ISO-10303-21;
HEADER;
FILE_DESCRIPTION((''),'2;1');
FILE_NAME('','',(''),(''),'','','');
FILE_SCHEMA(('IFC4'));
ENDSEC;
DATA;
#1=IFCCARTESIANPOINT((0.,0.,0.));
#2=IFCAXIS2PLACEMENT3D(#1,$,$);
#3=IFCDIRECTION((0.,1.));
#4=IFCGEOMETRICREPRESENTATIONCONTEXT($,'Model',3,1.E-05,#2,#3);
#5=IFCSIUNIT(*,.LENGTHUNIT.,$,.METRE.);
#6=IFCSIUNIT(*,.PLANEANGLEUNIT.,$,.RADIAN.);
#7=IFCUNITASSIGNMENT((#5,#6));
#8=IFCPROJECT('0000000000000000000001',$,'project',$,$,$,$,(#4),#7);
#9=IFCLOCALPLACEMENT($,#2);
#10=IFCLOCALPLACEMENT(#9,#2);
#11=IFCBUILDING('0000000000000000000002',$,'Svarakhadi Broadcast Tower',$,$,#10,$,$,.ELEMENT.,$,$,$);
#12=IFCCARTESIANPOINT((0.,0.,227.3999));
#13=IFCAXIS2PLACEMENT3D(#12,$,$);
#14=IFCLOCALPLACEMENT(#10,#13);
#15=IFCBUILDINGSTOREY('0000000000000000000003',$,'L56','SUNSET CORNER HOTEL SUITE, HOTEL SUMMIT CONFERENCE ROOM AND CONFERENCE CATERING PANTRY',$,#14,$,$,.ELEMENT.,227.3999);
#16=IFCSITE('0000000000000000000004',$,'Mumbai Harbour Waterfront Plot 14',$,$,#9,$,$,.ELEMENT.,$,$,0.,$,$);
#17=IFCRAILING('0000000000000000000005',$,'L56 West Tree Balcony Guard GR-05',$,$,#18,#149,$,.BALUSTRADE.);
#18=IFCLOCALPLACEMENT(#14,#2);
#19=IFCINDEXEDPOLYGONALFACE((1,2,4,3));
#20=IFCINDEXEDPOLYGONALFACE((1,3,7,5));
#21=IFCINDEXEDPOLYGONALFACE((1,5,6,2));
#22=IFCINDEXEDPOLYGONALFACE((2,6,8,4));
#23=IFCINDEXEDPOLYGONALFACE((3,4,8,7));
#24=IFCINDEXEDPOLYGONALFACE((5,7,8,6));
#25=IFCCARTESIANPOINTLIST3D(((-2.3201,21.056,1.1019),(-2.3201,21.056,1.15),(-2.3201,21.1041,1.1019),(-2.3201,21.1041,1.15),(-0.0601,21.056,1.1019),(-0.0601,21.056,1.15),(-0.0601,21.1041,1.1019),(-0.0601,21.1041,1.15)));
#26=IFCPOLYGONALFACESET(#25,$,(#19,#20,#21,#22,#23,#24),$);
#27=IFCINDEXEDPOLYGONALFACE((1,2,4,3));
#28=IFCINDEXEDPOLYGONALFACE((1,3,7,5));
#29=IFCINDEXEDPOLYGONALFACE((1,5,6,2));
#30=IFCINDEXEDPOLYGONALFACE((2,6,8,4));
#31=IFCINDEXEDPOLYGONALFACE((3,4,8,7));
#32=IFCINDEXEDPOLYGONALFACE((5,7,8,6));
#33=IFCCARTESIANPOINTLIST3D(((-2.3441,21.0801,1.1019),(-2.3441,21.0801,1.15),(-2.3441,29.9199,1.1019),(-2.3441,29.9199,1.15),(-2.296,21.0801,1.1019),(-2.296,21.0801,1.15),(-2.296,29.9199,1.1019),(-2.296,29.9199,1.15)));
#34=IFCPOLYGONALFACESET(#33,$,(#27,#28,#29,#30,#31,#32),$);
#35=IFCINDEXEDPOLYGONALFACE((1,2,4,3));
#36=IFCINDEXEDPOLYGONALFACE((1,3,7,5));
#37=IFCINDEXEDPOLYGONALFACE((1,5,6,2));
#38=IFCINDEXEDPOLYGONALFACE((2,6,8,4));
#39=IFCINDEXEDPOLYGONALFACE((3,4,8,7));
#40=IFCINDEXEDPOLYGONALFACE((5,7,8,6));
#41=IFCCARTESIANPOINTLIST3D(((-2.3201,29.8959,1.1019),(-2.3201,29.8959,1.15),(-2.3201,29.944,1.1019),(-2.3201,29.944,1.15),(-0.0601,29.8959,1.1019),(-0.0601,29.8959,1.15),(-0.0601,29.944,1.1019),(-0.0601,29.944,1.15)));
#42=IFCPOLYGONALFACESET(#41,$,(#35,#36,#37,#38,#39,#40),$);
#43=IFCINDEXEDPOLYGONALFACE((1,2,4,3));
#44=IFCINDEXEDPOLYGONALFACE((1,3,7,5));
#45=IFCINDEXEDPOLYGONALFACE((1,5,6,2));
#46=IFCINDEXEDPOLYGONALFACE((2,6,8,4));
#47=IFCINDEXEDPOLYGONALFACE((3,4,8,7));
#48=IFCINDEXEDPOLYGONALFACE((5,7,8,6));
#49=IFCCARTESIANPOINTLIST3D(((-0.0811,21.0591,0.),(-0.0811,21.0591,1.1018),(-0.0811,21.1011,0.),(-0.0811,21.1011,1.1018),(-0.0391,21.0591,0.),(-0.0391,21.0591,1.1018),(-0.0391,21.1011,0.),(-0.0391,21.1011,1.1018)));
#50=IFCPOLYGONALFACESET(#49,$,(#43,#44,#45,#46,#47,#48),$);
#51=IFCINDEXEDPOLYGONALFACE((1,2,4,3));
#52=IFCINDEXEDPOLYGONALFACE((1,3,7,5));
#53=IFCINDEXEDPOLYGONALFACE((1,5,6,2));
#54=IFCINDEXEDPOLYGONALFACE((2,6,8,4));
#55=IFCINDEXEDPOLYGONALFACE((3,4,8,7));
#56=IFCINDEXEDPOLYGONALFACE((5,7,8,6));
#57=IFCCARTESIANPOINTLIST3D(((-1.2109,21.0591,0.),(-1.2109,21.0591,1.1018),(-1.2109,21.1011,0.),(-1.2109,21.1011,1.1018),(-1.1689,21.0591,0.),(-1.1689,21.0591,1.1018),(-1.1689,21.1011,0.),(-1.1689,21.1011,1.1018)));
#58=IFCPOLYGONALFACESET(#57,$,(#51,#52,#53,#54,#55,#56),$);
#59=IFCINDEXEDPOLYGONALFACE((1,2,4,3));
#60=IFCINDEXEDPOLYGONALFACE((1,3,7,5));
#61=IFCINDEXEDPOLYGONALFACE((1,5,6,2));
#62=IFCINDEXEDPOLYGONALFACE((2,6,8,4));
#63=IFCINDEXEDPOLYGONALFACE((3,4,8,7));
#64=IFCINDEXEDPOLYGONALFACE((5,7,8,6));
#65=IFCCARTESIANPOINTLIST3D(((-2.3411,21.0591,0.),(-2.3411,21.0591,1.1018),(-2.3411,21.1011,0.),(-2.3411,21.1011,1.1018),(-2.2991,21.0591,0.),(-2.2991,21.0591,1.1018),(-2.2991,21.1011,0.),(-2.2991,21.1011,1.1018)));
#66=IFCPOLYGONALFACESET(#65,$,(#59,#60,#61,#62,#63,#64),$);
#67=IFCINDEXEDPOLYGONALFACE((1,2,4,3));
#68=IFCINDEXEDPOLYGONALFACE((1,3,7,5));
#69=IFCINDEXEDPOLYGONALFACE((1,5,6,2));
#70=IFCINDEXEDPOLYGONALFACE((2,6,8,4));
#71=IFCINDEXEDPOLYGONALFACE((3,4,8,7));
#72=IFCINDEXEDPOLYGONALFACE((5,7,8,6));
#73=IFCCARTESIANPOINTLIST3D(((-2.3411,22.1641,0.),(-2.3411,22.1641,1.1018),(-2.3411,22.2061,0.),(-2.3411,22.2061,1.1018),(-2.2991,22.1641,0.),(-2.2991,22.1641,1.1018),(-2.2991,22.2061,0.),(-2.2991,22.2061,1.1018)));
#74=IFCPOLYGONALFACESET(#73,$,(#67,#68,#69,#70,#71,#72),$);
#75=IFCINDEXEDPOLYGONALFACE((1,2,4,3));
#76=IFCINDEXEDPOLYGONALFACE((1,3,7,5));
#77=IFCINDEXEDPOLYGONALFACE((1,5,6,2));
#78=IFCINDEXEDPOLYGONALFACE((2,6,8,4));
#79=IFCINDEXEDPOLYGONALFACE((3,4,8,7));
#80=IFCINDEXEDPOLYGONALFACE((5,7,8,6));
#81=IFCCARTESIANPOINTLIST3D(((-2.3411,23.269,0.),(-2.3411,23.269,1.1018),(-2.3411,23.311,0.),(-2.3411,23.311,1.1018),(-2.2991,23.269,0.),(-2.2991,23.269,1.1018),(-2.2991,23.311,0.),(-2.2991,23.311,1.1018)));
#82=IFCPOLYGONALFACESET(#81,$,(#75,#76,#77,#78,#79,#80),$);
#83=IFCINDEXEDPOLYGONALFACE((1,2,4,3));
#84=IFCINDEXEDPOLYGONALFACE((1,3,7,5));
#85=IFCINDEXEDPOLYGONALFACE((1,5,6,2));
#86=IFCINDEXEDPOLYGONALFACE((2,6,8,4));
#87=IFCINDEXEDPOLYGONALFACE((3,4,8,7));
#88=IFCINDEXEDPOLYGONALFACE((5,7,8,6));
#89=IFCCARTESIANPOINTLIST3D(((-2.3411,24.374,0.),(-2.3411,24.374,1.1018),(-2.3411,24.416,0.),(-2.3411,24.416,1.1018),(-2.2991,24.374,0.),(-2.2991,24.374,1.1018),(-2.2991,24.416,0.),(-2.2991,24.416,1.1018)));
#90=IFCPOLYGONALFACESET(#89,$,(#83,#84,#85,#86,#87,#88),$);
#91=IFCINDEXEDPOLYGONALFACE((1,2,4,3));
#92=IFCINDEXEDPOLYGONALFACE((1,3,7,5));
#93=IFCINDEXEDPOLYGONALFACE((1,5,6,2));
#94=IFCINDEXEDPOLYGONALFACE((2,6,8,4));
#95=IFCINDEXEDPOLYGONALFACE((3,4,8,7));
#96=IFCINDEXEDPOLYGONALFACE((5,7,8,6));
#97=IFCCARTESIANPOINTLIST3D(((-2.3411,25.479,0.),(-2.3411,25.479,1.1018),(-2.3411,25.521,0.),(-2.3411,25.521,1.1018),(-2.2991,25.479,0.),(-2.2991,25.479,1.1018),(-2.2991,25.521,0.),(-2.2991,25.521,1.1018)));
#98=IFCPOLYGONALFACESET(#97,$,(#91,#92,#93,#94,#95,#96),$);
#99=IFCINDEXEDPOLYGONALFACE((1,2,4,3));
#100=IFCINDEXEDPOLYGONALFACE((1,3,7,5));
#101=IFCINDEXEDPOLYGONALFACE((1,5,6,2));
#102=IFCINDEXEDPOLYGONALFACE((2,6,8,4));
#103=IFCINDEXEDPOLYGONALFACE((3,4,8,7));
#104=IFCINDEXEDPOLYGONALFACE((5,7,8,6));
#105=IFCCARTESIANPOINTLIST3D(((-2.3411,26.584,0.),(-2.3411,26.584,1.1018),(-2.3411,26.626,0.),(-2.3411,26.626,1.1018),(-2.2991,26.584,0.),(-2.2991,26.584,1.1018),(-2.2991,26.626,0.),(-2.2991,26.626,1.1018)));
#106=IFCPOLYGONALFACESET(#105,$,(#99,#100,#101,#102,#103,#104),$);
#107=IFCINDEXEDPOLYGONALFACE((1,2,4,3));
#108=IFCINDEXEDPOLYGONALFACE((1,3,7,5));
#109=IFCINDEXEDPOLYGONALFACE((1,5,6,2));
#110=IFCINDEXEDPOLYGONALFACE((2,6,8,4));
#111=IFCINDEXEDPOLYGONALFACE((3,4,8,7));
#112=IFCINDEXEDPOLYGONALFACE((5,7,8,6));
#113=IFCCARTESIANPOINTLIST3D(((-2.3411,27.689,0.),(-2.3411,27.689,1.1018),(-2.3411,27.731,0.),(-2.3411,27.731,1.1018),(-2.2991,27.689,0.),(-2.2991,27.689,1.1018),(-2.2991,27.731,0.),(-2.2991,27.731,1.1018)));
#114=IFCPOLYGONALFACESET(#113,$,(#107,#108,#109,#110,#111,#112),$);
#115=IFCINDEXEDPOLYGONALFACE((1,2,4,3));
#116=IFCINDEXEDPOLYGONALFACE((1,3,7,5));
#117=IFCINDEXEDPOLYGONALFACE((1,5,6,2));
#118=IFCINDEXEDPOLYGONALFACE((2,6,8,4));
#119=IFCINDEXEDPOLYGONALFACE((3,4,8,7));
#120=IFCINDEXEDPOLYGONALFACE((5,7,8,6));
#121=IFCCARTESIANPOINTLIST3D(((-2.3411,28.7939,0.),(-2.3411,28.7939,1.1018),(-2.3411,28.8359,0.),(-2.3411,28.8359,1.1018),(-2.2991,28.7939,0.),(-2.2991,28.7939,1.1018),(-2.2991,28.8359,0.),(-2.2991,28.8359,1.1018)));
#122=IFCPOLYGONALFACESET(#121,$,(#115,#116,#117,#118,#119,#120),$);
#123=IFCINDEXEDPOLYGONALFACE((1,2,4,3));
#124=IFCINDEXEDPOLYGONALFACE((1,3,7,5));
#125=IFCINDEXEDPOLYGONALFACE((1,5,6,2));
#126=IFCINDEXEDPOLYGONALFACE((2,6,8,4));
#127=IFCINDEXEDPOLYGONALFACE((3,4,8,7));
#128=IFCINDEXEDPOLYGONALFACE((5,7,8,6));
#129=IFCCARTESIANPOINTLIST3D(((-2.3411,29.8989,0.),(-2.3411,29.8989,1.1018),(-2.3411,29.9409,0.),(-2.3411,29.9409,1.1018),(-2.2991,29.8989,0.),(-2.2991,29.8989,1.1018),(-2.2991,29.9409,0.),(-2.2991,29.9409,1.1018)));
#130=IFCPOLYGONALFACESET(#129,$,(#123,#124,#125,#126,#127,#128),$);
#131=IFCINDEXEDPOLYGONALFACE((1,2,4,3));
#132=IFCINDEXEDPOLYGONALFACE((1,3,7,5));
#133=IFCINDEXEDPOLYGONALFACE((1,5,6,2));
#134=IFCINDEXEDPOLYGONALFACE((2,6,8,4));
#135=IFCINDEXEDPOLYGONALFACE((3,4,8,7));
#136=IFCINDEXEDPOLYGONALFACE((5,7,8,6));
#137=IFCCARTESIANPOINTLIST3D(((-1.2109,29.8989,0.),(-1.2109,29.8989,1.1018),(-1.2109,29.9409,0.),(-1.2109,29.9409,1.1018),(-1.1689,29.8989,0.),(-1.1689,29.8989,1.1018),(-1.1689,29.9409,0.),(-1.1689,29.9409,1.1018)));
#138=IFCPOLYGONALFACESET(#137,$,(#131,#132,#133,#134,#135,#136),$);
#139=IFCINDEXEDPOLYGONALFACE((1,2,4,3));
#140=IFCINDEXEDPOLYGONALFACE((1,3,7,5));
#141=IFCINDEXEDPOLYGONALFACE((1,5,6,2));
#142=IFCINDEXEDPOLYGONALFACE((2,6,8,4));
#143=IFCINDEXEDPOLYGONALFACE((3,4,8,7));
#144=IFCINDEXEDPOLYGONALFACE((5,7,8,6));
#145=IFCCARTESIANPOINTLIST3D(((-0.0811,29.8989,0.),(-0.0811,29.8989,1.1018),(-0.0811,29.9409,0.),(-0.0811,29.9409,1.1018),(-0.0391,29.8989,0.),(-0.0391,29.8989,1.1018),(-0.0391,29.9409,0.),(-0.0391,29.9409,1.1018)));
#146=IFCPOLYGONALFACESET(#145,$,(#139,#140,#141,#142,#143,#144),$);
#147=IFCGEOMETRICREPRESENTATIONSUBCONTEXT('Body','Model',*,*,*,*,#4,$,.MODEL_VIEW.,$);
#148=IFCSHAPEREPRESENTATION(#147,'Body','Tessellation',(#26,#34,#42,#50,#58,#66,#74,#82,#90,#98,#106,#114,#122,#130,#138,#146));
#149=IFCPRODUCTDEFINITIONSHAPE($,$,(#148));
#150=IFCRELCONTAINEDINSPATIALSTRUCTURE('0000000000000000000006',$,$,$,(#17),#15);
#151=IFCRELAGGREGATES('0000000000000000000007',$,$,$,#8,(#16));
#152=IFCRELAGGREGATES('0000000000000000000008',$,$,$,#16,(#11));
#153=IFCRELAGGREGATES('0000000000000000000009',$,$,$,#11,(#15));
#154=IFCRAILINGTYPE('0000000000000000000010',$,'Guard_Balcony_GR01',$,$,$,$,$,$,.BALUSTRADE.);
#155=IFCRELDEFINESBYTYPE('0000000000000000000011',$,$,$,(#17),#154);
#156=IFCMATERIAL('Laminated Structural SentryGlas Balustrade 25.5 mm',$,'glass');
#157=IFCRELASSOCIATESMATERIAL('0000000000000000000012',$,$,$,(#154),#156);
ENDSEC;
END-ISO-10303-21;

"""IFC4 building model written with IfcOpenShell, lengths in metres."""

from ifc_helpers import new_model, si_unit, direction, frame, origin, origin_2d, place, context, subcontext, project, spatial, rectangle, extrude, material, type_object, element, save


model = new_model("IFC4")

# Units and contexts
model_context = context("Model", 3, precision=1e-05, world=origin(), true_north=direction((0.0, 1.0)))
body_context = subcontext(model_context, "Body", "Model", "MODEL_VIEW")
ifc_project = project(units=[si_unit("LENGTHUNIT", "METRE"), si_unit("PLANEANGLEUNIT", "RADIAN")], contexts=[model_context])

# Site, building, storey
site_placement = place(None, origin())
site = spatial("IfcSite", under=ifc_project, at=site_placement, Name="Mumbai Harbour Waterfront Plot 14", CompositionType="ELEMENT", RefElevation=0.0)
building_placement = place(site_placement, origin())
building = spatial("IfcBuilding", under=site, at=building_placement, Name="Svarakhadi Broadcast Tower", CompositionType="ELEMENT")
storey_placement = place(building_placement, frame((0.0, 0.0, 227.3999)))
storey = spatial("IfcBuildingStorey", under=building, at=storey_placement, Name="L56", Description="SUNSET CORNER HOTEL SUITE, HOTEL SUMMIT CONFERENCE ROOM AND CONFERENCE CATERING PANTRY", CompositionType="ELEMENT", Elevation=227.3999)

# Railing
ifc_material_1 = material(Name="Laminated Structural SentryGlas Balustrade 25.5 mm", Category="glass")
railing_type = type_object("IfcRailingType", Name="Guard_Balcony_GR01", PredefinedType="BALUSTRADE", material=ifc_material_1)
railing_placement = place(storey_placement, frame((-0.0601, 21.0801, 0.0)))
element("IfcRailing", 1, at=railing_placement, inside=storey, type_object=railing_type, Name="L56 West Tree Balcony Guard GR-05", PredefinedType="BALUSTRADE", context=body_context, shape_type="SweptSolid", body=[
    extrude(rectangle(XDim=0.0481, YDim=0.0481, at=origin_2d()), frame((0.0, 0.0, 1.126), z_axis=(-1.0, 0.0, 0.0), x_axis=(0.0, -1.0, 0.0)), (0.0, 0.0, 1.0), 2.26),
    extrude(rectangle(XDim=0.0481, YDim=0.0481, at=origin_2d()), frame((-2.26, 0.0, 1.126), z_axis=(0.0, 1.0, 0.0), x_axis=(-1.0, 0.0, 0.0)), (0.0, 0.0, 1.0), 8.8398),
    extrude(rectangle(XDim=0.0481, YDim=0.0481, at=origin_2d()), frame((-2.26, 8.8398, 1.126), z_axis=(1.0, 0.0, 0.0), x_axis=(0.0, 1.0, 0.0)), (0.0, 0.0, 1.0), 2.26),
    extrude(rectangle(XDim=0.042, YDim=0.042, at=origin_2d()), origin(), (0.0, 0.0, 1.0), 1.1018),
    extrude(rectangle(XDim=0.042, YDim=0.042, at=origin_2d()), frame((-1.1299, 0.0, 0.0)), (0.0, 0.0, 1.0), 1.1018),
    extrude(rectangle(XDim=0.042, YDim=0.042, at=origin_2d()), frame((-2.26, 0.0, 0.0)), (0.0, 0.0, 1.0), 1.1018),
    extrude(rectangle(XDim=0.042, YDim=0.042, at=origin_2d()), frame((-2.26, 1.105, 0.0)), (0.0, 0.0, 1.0), 1.1018),
    extrude(rectangle(XDim=0.042, YDim=0.042, at=origin_2d()), frame((-2.26, 2.21, 0.0)), (0.0, 0.0, 1.0), 1.1018),
    extrude(rectangle(XDim=0.042, YDim=0.042, at=origin_2d()), frame((-2.26, 3.3149, 0.0)), (0.0, 0.0, 1.0), 1.1018),
    extrude(rectangle(XDim=0.042, YDim=0.042, at=origin_2d()), frame((-2.26, 4.4199, 0.0)), (0.0, 0.0, 1.0), 1.1018),
    extrude(rectangle(XDim=0.042, YDim=0.042, at=origin_2d()), frame((-2.26, 5.5249, 0.0)), (0.0, 0.0, 1.0), 1.1018),
    extrude(rectangle(XDim=0.042, YDim=0.042, at=origin_2d()), frame((-2.26, 6.6299, 0.0)), (0.0, 0.0, 1.0), 1.1018),
    extrude(rectangle(XDim=0.042, YDim=0.042, at=origin_2d()), frame((-2.26, 7.7349, 0.0)), (0.0, 0.0, 1.0), 1.1018),
    extrude(rectangle(XDim=0.042, YDim=0.042, at=origin_2d()), frame((-2.26, 8.8398, 0.0)), (0.0, 0.0, 1.0), 1.1018),
    extrude(rectangle(XDim=0.042, YDim=0.042, at=origin_2d()), frame((-1.1299, 8.8398, 0.0)), (0.0, 0.0, 1.0), 1.1018),
    extrude(rectangle(XDim=0.042, YDim=0.042, at=origin_2d()), frame((0.0, 8.8398, 0.0)), (0.0, 0.0, 1.0), 1.1018),
])

save(model, "model.ifc")
